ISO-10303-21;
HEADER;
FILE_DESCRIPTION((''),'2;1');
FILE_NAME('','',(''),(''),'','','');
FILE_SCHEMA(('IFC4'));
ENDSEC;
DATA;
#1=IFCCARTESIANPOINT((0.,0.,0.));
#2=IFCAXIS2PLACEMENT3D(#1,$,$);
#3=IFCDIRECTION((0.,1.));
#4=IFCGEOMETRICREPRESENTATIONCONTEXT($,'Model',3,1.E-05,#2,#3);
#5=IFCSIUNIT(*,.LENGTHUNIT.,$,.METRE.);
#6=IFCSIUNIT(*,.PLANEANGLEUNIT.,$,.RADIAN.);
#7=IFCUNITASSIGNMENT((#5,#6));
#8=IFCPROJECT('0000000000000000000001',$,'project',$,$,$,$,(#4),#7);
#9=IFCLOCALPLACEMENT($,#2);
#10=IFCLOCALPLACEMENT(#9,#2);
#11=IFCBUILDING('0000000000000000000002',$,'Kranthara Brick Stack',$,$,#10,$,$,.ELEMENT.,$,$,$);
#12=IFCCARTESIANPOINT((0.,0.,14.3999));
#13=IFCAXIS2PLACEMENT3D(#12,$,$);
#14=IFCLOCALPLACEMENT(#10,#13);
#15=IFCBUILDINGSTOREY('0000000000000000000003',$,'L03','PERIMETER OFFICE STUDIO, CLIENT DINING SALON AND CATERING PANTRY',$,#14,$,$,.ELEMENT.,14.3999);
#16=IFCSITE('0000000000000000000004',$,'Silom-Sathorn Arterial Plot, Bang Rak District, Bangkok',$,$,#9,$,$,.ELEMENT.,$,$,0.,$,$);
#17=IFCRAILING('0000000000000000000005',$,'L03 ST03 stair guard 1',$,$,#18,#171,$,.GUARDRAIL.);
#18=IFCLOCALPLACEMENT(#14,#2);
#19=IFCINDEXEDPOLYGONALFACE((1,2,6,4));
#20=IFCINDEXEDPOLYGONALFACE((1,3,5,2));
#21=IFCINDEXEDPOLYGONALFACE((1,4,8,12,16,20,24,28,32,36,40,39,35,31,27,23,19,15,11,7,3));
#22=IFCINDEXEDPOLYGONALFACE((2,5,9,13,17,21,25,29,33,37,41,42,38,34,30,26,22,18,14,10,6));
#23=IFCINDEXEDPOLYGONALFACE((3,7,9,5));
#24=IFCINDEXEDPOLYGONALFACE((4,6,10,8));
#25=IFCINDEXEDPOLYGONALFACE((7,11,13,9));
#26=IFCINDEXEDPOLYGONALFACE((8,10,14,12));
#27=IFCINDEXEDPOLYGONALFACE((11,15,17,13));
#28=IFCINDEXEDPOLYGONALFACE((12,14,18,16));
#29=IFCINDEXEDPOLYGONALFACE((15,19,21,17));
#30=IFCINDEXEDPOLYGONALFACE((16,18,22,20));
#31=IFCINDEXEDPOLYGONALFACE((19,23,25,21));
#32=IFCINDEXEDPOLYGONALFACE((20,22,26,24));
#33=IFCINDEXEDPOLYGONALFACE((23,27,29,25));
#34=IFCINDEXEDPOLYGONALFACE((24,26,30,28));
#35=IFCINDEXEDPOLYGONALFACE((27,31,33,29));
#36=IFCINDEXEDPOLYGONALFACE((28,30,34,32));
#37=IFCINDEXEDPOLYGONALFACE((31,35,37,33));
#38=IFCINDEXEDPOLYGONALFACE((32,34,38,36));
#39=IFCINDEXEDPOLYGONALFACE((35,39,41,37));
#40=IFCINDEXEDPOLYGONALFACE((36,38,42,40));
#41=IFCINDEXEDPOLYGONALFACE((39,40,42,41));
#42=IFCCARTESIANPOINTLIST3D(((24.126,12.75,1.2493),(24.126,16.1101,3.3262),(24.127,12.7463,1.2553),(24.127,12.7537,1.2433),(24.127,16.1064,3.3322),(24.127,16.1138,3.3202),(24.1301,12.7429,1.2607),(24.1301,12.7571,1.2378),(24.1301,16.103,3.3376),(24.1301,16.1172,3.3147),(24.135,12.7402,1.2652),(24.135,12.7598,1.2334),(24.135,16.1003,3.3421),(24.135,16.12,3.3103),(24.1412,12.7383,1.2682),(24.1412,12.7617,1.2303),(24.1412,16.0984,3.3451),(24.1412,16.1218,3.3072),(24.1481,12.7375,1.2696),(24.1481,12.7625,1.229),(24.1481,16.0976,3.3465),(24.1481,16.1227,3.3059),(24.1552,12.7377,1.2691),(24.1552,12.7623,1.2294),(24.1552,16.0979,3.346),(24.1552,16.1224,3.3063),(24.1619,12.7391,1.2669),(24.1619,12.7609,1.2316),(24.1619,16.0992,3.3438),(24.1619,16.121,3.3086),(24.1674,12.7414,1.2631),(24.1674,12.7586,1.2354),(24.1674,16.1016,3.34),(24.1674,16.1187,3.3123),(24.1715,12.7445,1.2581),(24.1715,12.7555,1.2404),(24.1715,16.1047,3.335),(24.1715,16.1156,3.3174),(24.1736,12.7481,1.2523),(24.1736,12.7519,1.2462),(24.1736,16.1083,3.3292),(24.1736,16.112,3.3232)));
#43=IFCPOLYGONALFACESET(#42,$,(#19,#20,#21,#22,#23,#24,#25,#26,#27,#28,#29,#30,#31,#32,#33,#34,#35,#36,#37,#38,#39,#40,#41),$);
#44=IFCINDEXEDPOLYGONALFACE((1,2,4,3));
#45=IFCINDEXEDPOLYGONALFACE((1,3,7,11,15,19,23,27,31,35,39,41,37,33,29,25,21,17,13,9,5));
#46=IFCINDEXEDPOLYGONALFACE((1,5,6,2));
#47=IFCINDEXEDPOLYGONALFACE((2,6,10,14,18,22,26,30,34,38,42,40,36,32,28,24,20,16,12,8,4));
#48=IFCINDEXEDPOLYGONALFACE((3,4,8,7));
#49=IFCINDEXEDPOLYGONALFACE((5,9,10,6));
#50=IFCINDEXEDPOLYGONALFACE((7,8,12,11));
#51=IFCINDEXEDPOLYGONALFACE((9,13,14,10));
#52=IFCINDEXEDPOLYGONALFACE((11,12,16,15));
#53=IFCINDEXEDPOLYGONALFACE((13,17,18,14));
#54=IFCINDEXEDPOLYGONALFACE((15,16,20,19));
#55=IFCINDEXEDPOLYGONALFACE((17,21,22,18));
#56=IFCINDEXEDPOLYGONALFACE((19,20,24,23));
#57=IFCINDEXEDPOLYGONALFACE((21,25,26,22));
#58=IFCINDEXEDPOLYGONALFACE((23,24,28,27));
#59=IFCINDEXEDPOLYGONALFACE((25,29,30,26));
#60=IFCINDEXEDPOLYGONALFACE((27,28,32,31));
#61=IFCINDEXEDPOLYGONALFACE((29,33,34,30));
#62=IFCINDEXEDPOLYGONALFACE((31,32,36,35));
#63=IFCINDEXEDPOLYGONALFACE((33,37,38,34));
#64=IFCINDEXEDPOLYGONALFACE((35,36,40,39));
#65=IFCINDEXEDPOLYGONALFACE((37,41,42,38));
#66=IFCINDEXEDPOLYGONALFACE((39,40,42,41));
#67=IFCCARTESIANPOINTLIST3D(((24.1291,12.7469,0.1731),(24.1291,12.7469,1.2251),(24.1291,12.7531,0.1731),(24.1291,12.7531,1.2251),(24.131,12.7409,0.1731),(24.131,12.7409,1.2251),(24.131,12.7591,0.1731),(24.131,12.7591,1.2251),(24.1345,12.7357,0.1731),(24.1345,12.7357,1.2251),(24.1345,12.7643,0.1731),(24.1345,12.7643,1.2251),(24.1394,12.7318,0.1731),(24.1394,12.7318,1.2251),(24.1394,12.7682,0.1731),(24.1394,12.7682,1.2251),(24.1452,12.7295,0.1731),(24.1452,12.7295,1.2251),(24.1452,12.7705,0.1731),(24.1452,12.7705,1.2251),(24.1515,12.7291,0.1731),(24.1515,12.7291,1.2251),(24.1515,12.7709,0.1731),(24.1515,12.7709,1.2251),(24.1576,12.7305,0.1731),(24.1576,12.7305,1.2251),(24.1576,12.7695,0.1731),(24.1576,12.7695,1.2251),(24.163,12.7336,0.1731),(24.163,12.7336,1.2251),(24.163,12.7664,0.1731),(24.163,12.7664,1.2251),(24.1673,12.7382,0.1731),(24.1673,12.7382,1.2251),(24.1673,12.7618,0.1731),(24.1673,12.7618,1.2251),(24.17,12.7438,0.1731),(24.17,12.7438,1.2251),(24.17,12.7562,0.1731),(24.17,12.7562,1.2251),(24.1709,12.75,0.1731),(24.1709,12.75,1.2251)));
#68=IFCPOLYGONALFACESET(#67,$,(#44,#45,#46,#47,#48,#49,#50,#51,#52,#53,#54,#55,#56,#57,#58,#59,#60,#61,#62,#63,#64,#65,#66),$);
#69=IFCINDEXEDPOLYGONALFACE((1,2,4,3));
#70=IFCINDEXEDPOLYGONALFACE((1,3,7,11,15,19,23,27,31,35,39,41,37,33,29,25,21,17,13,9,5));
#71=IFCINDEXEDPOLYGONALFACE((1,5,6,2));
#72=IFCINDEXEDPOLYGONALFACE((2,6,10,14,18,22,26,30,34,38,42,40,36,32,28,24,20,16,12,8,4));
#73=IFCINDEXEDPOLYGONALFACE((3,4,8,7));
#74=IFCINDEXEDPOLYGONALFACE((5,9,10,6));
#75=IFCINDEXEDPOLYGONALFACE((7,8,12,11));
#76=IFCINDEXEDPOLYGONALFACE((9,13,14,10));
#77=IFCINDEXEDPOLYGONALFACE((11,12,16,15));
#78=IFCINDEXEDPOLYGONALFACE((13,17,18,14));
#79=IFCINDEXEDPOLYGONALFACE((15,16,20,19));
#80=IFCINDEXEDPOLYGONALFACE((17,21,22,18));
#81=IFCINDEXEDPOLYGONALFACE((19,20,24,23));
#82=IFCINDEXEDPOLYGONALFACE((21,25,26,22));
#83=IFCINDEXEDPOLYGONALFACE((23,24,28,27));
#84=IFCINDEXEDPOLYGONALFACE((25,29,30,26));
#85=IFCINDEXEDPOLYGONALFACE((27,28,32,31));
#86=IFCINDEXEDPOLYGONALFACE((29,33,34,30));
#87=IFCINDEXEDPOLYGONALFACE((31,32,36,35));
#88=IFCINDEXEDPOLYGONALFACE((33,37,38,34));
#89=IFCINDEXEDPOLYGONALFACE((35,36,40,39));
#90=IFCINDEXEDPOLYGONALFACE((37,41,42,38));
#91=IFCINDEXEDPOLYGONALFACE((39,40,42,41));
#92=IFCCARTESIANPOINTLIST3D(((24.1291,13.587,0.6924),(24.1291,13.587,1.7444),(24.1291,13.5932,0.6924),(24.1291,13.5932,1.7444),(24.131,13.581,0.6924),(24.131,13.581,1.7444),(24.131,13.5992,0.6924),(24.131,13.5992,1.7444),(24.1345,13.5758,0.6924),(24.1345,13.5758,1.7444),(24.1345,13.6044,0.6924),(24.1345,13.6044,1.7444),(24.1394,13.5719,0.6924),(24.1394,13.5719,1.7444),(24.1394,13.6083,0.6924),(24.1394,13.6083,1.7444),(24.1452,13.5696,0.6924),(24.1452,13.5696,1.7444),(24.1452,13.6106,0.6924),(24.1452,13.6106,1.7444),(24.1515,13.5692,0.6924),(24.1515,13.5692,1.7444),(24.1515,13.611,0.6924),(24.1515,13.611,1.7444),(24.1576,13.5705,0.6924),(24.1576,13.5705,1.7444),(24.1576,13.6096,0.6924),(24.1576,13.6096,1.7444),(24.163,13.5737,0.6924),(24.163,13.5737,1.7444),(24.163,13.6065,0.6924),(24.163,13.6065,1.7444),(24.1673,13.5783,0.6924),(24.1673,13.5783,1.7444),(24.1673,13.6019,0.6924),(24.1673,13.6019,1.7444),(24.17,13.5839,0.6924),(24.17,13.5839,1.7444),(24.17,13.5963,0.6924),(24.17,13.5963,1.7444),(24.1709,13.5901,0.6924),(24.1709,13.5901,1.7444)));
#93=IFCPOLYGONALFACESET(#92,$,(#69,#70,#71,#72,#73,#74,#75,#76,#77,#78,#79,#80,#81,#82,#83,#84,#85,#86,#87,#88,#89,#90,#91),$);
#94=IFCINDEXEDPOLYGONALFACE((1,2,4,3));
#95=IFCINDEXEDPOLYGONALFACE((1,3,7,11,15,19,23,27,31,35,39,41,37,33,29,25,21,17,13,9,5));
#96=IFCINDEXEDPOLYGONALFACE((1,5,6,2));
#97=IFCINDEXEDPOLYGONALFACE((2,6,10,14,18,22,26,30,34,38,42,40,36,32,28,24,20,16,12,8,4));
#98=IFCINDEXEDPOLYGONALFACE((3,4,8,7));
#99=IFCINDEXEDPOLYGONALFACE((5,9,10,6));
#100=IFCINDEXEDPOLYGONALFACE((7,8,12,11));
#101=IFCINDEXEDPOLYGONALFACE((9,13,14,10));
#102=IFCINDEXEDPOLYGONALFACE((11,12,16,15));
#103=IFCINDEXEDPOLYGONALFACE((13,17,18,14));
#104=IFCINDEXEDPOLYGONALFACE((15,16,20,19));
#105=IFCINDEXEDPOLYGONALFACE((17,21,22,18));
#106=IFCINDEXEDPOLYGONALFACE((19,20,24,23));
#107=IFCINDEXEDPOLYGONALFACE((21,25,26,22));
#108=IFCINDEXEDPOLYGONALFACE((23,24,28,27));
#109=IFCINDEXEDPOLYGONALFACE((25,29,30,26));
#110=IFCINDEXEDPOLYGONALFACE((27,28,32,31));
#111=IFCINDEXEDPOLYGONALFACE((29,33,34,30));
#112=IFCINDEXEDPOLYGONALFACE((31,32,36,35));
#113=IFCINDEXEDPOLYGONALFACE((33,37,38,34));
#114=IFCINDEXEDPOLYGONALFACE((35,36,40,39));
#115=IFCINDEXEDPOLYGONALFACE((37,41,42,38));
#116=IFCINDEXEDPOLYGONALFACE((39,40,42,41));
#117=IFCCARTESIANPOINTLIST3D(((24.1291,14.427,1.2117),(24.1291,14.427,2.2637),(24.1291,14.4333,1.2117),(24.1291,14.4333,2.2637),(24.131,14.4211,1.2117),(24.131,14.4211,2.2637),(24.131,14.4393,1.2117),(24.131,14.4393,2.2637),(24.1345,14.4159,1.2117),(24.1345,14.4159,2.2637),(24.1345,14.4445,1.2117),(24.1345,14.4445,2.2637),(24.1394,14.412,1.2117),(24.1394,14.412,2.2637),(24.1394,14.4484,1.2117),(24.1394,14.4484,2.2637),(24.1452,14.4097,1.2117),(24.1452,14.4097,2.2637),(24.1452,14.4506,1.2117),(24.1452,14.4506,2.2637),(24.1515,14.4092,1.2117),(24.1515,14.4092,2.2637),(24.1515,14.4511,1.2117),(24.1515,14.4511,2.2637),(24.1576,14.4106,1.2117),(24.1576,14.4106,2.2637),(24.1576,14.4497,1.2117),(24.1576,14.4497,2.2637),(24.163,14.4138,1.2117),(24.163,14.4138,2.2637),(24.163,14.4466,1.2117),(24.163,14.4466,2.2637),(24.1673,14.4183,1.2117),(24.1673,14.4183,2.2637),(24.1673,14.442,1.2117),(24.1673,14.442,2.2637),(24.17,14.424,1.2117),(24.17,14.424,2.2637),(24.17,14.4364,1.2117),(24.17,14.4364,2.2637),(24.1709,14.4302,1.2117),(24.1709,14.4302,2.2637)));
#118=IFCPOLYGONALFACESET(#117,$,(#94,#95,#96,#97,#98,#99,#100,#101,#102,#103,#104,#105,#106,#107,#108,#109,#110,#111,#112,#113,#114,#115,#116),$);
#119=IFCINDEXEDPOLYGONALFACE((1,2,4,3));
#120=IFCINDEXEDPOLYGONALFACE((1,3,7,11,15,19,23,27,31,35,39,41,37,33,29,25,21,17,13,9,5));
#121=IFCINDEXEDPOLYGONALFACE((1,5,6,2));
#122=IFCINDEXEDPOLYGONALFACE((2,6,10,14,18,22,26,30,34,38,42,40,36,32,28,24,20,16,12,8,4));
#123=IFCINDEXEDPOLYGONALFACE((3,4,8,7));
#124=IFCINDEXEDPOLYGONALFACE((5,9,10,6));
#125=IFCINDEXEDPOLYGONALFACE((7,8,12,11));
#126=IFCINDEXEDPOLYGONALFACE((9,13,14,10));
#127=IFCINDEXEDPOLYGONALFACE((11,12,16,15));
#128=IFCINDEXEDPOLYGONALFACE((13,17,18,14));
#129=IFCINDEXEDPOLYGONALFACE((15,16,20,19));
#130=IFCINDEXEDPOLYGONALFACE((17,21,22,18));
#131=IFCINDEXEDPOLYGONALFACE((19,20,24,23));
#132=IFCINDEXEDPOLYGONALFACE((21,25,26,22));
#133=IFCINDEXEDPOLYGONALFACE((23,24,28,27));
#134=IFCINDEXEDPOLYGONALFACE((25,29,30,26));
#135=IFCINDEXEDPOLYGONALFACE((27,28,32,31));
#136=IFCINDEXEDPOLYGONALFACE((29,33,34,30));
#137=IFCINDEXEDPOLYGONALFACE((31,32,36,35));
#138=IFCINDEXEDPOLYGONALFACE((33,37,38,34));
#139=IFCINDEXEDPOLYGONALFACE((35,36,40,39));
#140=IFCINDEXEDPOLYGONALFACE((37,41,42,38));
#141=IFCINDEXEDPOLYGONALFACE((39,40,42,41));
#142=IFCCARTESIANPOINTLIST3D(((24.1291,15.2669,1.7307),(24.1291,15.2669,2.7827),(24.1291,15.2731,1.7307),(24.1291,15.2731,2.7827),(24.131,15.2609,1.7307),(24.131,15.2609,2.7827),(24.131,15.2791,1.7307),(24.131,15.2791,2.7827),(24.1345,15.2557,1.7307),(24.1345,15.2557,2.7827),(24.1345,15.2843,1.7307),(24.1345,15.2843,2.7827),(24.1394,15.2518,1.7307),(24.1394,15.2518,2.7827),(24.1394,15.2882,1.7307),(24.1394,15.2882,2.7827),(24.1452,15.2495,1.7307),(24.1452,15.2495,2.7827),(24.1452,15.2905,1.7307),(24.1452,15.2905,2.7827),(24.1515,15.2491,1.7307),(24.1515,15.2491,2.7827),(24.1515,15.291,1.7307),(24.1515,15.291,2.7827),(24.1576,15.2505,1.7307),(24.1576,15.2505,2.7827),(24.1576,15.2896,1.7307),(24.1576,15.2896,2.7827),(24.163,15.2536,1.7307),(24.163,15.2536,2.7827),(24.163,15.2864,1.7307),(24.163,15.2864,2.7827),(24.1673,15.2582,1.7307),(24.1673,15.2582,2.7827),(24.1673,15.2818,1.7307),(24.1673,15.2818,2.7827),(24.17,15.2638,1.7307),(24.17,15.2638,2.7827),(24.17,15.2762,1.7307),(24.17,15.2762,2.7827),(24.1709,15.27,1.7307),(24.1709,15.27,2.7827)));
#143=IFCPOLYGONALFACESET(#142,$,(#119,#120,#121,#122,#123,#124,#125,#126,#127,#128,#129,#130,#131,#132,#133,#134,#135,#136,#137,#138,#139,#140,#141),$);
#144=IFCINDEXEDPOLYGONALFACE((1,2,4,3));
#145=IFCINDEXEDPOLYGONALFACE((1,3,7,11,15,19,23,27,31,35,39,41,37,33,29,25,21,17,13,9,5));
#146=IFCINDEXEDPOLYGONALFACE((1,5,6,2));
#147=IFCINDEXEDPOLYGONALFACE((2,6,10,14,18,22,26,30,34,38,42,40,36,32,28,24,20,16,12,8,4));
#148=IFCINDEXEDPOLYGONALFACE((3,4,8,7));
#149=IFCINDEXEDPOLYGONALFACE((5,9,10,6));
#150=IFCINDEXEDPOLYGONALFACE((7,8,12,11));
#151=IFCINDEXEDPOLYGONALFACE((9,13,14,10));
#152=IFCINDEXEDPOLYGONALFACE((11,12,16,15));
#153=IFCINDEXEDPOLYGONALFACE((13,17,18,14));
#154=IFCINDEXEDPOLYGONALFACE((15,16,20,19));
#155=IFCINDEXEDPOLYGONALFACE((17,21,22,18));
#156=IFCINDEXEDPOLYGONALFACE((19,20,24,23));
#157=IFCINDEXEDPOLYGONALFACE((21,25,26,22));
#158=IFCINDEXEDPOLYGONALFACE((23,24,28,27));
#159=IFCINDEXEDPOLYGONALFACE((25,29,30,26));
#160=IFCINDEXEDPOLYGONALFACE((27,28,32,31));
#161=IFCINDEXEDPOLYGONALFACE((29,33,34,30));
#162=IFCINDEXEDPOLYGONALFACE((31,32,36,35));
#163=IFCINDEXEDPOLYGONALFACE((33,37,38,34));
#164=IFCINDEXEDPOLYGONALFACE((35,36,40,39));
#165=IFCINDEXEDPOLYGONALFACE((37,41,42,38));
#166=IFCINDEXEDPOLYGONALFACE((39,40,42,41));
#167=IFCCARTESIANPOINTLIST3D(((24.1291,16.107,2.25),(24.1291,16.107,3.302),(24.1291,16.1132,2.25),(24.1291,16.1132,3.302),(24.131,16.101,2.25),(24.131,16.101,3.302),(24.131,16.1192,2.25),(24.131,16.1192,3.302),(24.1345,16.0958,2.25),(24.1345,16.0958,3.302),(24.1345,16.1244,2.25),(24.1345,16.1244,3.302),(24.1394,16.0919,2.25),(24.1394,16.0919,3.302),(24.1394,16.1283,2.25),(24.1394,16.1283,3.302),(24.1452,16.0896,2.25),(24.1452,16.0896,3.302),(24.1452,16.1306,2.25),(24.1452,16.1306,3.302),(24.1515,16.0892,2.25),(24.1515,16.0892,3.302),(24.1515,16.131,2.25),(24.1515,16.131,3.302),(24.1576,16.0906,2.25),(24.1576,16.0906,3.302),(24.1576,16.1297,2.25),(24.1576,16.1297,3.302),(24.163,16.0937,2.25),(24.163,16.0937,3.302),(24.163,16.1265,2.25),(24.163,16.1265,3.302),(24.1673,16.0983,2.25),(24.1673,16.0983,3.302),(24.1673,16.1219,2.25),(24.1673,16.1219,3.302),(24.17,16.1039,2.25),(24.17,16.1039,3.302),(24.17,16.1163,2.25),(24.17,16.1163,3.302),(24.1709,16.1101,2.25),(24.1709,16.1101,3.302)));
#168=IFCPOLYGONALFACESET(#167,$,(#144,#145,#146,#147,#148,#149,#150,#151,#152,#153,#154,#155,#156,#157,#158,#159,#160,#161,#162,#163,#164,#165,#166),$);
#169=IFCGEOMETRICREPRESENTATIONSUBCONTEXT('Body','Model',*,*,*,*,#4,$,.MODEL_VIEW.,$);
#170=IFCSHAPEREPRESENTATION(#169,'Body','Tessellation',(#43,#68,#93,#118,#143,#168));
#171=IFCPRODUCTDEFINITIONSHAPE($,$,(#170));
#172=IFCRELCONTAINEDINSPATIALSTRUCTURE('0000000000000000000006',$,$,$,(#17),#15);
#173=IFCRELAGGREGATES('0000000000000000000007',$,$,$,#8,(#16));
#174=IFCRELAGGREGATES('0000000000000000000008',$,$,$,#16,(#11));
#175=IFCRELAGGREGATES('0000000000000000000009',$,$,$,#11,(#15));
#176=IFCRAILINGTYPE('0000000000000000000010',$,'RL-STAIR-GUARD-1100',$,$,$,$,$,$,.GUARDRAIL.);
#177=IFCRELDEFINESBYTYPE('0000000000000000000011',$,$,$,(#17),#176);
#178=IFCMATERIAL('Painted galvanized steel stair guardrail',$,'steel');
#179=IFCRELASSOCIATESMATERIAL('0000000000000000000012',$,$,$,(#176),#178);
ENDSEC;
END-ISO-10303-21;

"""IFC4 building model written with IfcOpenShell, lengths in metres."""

from ifc_helpers import new_model, si_unit, direction, frame, origin, origin_2d, place, context, subcontext, project, spatial, circle, extrude, material, type_object, element, save


model = new_model("IFC4")

# Units and contexts
model_context = context("Model", 3, precision=1e-05, world=origin(), true_north=direction((0.0, 1.0)))
body_context = subcontext(model_context, "Body", "Model", "MODEL_VIEW")
ifc_project = project(units=[si_unit("LENGTHUNIT", "METRE"), si_unit("PLANEANGLEUNIT", "RADIAN")], contexts=[model_context])

# Site, building, storey
site_placement = place(None, origin())
site = spatial("IfcSite", under=ifc_project, at=site_placement, Name="Silom-Sathorn Arterial Plot, Bang Rak District, Bangkok", CompositionType="ELEMENT", RefElevation=0.0)
building_placement = place(site_placement, origin())
building = spatial("IfcBuilding", under=site, at=building_placement, Name="Kranthara Brick Stack", CompositionType="ELEMENT")
storey_placement = place(building_placement, frame((0.0, 0.0, 14.3999)))
storey = spatial("IfcBuildingStorey", under=building, at=storey_placement, Name="L03", Description="PERIMETER OFFICE STUDIO, CLIENT DINING SALON AND CATERING PANTRY", CompositionType="ELEMENT", Elevation=14.3999)

# Railing
ifc_material_1 = material(Name="Painted galvanized steel stair guardrail", Category="steel")
railing_type_1 = type_object("IfcRailingType", Name="RL-STAIR-GUARD-1100", PredefinedType="GUARDRAIL", material=ifc_material_1)
railing_1_placement = place(storey_placement, frame((24.1499, 12.75, 0.1731)))
element("IfcRailing", 1, at=railing_1_placement, inside=storey, type_object=railing_type_1, Name="L03 ST03 stair guard 1", PredefinedType="GUARDRAIL", context=body_context, shape_type="SweptSolid", body=[
    extrude(circle(Radius=0.0239, at=origin_2d()), frame((0.0, 0.0, 1.0762), z_axis=(0.0, 0.850623, 0.525776), x_axis=(-1.0, 0.0, 0.0)), (0.0, 0.0, 1.0), 3.9502),
    extrude(circle(Radius=0.021, at=origin_2d()), origin(), (0.0, 0.0, 1.0), 1.052),
    extrude(circle(Radius=0.021, at=origin_2d()), frame((0.0, 0.8401, 0.5193)), (0.0, 0.0, 1.0), 1.052),
    extrude(circle(Radius=0.021, at=origin_2d()), frame((0.0, 1.6802, 1.0386)), (0.0, 0.0, 1.0), 1.052),
    extrude(circle(Radius=0.021, at=origin_2d()), frame((0.0, 2.52, 1.5576)), (0.0, 0.0, 1.0), 1.052),
    extrude(circle(Radius=0.021, at=origin_2d()), frame((0.0, 3.3601, 2.0769)), (0.0, 0.0, 1.0), 1.052),
])

save(model, "model.ifc")
